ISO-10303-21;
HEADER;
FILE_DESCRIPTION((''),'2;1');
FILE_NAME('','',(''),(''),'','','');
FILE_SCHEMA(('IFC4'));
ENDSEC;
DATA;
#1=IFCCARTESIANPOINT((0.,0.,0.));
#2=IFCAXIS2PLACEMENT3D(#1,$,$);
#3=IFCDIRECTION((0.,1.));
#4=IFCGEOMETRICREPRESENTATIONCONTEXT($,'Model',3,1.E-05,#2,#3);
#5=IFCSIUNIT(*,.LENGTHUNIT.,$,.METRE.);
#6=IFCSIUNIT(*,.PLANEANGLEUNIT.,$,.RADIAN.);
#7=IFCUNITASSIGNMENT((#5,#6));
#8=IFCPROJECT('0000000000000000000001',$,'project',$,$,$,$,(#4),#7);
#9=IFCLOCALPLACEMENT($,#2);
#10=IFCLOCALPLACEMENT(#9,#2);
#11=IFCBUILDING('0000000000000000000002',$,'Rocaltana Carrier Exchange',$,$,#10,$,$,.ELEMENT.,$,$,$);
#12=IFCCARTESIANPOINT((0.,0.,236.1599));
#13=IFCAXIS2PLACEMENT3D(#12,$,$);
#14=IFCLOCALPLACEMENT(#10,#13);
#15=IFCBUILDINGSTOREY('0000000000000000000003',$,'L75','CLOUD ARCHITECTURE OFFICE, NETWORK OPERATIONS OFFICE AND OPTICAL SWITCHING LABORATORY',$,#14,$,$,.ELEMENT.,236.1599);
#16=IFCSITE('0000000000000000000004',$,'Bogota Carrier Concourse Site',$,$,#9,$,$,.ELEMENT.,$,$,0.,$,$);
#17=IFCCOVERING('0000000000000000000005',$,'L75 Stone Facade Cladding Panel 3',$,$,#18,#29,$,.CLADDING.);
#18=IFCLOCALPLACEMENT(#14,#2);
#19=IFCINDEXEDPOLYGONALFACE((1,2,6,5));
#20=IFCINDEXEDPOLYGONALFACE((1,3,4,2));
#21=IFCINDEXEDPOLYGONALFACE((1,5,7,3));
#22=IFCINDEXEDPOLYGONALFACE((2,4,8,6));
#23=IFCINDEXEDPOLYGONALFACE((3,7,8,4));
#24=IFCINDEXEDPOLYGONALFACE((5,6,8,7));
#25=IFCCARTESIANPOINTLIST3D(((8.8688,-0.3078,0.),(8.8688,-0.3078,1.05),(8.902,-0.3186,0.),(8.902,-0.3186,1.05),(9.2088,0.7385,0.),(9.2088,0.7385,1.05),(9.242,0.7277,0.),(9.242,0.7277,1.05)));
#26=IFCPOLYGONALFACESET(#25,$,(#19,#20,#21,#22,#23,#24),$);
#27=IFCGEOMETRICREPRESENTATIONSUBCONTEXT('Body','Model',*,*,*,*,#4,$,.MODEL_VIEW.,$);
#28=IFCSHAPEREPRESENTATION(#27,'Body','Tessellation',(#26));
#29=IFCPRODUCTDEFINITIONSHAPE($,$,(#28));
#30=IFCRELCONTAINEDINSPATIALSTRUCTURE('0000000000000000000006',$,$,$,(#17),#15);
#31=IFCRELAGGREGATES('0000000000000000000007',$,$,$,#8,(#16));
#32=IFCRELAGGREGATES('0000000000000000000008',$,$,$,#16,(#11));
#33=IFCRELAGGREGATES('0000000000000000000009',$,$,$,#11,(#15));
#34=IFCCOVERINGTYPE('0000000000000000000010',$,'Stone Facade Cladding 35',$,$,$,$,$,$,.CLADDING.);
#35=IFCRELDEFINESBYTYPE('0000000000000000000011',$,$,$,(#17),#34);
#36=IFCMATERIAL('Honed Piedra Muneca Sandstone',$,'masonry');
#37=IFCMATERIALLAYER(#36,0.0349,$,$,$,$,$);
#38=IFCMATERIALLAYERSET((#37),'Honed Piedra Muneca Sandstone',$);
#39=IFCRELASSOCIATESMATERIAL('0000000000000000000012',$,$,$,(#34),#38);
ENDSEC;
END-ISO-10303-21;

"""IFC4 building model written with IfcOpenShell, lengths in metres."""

from ifc_helpers import new_model, si_unit, direction, frame, origin, origin_2d, place, context, subcontext, project, spatial, rectangle, extrude, material, layer, layer_set, type_object, element, save


model = new_model("IFC4")

# Units and contexts
model_context = context("Model", 3, precision=1e-05, world=origin(), true_north=direction((0.0, 1.0)))
body_context = subcontext(model_context, "Body", "Model", "MODEL_VIEW")
ifc_project = project(units=[si_unit("LENGTHUNIT", "METRE"), si_unit("PLANEANGLEUNIT", "RADIAN")], contexts=[model_context])

# Site, building, storey
site_placement = place(None, origin())
site = spatial("IfcSite", under=ifc_project, at=site_placement, Name="Bogota Carrier Concourse Site", CompositionType="ELEMENT", RefElevation=0.0)
building_placement = place(site_placement, origin())
building = spatial("IfcBuilding", under=site, at=building_placement, Name="Rocaltana Carrier Exchange", CompositionType="ELEMENT")
storey_placement = place(building_placement, frame((0.0, 0.0, 236.1599)))
storey = spatial("IfcBuildingStorey", under=building, at=storey_placement, Name="L75", Description="CLOUD ARCHITECTURE OFFICE, NETWORK OPERATIONS OFFICE AND OPTICAL SWITCHING LABORATORY", CompositionType="ELEMENT", Elevation=236.1599)

# Covering
ifc_material_1 = material(Name="Honed Piedra Muneca Sandstone", Category="masonry")
ifc_layer_1 = layer(ifc_material_1, 0.0349)
ifc_layer_set_1 = layer_set([ifc_layer_1], Name="Honed Piedra Muneca Sandstone")
covering_type_1 = type_object("IfcCoveringType", Name="Stone Facade Cladding 35", PredefinedType="CLADDING", material=ifc_layer_set_1)
covering_1_placement = place(storey_placement, frame((9.0554, 0.21, 0.0), z_axis=(0.0, 0.0, 1.0), x_axis=(0.309017, 0.951057, 0.0)))
element("IfcCovering", 1, at=covering_1_placement, inside=storey, type_object=covering_type_1, Name="L75 Stone Facade Cladding Panel 3", PredefinedType="CLADDING", context=body_context, shape_type="SweptSolid", body=[
    extrude(rectangle(XDim=1.1001, YDim=0.0349, at=origin_2d()), origin(), (0.0, 0.0, 1.0), 1.05),
])

save(model, "model.ifc")
